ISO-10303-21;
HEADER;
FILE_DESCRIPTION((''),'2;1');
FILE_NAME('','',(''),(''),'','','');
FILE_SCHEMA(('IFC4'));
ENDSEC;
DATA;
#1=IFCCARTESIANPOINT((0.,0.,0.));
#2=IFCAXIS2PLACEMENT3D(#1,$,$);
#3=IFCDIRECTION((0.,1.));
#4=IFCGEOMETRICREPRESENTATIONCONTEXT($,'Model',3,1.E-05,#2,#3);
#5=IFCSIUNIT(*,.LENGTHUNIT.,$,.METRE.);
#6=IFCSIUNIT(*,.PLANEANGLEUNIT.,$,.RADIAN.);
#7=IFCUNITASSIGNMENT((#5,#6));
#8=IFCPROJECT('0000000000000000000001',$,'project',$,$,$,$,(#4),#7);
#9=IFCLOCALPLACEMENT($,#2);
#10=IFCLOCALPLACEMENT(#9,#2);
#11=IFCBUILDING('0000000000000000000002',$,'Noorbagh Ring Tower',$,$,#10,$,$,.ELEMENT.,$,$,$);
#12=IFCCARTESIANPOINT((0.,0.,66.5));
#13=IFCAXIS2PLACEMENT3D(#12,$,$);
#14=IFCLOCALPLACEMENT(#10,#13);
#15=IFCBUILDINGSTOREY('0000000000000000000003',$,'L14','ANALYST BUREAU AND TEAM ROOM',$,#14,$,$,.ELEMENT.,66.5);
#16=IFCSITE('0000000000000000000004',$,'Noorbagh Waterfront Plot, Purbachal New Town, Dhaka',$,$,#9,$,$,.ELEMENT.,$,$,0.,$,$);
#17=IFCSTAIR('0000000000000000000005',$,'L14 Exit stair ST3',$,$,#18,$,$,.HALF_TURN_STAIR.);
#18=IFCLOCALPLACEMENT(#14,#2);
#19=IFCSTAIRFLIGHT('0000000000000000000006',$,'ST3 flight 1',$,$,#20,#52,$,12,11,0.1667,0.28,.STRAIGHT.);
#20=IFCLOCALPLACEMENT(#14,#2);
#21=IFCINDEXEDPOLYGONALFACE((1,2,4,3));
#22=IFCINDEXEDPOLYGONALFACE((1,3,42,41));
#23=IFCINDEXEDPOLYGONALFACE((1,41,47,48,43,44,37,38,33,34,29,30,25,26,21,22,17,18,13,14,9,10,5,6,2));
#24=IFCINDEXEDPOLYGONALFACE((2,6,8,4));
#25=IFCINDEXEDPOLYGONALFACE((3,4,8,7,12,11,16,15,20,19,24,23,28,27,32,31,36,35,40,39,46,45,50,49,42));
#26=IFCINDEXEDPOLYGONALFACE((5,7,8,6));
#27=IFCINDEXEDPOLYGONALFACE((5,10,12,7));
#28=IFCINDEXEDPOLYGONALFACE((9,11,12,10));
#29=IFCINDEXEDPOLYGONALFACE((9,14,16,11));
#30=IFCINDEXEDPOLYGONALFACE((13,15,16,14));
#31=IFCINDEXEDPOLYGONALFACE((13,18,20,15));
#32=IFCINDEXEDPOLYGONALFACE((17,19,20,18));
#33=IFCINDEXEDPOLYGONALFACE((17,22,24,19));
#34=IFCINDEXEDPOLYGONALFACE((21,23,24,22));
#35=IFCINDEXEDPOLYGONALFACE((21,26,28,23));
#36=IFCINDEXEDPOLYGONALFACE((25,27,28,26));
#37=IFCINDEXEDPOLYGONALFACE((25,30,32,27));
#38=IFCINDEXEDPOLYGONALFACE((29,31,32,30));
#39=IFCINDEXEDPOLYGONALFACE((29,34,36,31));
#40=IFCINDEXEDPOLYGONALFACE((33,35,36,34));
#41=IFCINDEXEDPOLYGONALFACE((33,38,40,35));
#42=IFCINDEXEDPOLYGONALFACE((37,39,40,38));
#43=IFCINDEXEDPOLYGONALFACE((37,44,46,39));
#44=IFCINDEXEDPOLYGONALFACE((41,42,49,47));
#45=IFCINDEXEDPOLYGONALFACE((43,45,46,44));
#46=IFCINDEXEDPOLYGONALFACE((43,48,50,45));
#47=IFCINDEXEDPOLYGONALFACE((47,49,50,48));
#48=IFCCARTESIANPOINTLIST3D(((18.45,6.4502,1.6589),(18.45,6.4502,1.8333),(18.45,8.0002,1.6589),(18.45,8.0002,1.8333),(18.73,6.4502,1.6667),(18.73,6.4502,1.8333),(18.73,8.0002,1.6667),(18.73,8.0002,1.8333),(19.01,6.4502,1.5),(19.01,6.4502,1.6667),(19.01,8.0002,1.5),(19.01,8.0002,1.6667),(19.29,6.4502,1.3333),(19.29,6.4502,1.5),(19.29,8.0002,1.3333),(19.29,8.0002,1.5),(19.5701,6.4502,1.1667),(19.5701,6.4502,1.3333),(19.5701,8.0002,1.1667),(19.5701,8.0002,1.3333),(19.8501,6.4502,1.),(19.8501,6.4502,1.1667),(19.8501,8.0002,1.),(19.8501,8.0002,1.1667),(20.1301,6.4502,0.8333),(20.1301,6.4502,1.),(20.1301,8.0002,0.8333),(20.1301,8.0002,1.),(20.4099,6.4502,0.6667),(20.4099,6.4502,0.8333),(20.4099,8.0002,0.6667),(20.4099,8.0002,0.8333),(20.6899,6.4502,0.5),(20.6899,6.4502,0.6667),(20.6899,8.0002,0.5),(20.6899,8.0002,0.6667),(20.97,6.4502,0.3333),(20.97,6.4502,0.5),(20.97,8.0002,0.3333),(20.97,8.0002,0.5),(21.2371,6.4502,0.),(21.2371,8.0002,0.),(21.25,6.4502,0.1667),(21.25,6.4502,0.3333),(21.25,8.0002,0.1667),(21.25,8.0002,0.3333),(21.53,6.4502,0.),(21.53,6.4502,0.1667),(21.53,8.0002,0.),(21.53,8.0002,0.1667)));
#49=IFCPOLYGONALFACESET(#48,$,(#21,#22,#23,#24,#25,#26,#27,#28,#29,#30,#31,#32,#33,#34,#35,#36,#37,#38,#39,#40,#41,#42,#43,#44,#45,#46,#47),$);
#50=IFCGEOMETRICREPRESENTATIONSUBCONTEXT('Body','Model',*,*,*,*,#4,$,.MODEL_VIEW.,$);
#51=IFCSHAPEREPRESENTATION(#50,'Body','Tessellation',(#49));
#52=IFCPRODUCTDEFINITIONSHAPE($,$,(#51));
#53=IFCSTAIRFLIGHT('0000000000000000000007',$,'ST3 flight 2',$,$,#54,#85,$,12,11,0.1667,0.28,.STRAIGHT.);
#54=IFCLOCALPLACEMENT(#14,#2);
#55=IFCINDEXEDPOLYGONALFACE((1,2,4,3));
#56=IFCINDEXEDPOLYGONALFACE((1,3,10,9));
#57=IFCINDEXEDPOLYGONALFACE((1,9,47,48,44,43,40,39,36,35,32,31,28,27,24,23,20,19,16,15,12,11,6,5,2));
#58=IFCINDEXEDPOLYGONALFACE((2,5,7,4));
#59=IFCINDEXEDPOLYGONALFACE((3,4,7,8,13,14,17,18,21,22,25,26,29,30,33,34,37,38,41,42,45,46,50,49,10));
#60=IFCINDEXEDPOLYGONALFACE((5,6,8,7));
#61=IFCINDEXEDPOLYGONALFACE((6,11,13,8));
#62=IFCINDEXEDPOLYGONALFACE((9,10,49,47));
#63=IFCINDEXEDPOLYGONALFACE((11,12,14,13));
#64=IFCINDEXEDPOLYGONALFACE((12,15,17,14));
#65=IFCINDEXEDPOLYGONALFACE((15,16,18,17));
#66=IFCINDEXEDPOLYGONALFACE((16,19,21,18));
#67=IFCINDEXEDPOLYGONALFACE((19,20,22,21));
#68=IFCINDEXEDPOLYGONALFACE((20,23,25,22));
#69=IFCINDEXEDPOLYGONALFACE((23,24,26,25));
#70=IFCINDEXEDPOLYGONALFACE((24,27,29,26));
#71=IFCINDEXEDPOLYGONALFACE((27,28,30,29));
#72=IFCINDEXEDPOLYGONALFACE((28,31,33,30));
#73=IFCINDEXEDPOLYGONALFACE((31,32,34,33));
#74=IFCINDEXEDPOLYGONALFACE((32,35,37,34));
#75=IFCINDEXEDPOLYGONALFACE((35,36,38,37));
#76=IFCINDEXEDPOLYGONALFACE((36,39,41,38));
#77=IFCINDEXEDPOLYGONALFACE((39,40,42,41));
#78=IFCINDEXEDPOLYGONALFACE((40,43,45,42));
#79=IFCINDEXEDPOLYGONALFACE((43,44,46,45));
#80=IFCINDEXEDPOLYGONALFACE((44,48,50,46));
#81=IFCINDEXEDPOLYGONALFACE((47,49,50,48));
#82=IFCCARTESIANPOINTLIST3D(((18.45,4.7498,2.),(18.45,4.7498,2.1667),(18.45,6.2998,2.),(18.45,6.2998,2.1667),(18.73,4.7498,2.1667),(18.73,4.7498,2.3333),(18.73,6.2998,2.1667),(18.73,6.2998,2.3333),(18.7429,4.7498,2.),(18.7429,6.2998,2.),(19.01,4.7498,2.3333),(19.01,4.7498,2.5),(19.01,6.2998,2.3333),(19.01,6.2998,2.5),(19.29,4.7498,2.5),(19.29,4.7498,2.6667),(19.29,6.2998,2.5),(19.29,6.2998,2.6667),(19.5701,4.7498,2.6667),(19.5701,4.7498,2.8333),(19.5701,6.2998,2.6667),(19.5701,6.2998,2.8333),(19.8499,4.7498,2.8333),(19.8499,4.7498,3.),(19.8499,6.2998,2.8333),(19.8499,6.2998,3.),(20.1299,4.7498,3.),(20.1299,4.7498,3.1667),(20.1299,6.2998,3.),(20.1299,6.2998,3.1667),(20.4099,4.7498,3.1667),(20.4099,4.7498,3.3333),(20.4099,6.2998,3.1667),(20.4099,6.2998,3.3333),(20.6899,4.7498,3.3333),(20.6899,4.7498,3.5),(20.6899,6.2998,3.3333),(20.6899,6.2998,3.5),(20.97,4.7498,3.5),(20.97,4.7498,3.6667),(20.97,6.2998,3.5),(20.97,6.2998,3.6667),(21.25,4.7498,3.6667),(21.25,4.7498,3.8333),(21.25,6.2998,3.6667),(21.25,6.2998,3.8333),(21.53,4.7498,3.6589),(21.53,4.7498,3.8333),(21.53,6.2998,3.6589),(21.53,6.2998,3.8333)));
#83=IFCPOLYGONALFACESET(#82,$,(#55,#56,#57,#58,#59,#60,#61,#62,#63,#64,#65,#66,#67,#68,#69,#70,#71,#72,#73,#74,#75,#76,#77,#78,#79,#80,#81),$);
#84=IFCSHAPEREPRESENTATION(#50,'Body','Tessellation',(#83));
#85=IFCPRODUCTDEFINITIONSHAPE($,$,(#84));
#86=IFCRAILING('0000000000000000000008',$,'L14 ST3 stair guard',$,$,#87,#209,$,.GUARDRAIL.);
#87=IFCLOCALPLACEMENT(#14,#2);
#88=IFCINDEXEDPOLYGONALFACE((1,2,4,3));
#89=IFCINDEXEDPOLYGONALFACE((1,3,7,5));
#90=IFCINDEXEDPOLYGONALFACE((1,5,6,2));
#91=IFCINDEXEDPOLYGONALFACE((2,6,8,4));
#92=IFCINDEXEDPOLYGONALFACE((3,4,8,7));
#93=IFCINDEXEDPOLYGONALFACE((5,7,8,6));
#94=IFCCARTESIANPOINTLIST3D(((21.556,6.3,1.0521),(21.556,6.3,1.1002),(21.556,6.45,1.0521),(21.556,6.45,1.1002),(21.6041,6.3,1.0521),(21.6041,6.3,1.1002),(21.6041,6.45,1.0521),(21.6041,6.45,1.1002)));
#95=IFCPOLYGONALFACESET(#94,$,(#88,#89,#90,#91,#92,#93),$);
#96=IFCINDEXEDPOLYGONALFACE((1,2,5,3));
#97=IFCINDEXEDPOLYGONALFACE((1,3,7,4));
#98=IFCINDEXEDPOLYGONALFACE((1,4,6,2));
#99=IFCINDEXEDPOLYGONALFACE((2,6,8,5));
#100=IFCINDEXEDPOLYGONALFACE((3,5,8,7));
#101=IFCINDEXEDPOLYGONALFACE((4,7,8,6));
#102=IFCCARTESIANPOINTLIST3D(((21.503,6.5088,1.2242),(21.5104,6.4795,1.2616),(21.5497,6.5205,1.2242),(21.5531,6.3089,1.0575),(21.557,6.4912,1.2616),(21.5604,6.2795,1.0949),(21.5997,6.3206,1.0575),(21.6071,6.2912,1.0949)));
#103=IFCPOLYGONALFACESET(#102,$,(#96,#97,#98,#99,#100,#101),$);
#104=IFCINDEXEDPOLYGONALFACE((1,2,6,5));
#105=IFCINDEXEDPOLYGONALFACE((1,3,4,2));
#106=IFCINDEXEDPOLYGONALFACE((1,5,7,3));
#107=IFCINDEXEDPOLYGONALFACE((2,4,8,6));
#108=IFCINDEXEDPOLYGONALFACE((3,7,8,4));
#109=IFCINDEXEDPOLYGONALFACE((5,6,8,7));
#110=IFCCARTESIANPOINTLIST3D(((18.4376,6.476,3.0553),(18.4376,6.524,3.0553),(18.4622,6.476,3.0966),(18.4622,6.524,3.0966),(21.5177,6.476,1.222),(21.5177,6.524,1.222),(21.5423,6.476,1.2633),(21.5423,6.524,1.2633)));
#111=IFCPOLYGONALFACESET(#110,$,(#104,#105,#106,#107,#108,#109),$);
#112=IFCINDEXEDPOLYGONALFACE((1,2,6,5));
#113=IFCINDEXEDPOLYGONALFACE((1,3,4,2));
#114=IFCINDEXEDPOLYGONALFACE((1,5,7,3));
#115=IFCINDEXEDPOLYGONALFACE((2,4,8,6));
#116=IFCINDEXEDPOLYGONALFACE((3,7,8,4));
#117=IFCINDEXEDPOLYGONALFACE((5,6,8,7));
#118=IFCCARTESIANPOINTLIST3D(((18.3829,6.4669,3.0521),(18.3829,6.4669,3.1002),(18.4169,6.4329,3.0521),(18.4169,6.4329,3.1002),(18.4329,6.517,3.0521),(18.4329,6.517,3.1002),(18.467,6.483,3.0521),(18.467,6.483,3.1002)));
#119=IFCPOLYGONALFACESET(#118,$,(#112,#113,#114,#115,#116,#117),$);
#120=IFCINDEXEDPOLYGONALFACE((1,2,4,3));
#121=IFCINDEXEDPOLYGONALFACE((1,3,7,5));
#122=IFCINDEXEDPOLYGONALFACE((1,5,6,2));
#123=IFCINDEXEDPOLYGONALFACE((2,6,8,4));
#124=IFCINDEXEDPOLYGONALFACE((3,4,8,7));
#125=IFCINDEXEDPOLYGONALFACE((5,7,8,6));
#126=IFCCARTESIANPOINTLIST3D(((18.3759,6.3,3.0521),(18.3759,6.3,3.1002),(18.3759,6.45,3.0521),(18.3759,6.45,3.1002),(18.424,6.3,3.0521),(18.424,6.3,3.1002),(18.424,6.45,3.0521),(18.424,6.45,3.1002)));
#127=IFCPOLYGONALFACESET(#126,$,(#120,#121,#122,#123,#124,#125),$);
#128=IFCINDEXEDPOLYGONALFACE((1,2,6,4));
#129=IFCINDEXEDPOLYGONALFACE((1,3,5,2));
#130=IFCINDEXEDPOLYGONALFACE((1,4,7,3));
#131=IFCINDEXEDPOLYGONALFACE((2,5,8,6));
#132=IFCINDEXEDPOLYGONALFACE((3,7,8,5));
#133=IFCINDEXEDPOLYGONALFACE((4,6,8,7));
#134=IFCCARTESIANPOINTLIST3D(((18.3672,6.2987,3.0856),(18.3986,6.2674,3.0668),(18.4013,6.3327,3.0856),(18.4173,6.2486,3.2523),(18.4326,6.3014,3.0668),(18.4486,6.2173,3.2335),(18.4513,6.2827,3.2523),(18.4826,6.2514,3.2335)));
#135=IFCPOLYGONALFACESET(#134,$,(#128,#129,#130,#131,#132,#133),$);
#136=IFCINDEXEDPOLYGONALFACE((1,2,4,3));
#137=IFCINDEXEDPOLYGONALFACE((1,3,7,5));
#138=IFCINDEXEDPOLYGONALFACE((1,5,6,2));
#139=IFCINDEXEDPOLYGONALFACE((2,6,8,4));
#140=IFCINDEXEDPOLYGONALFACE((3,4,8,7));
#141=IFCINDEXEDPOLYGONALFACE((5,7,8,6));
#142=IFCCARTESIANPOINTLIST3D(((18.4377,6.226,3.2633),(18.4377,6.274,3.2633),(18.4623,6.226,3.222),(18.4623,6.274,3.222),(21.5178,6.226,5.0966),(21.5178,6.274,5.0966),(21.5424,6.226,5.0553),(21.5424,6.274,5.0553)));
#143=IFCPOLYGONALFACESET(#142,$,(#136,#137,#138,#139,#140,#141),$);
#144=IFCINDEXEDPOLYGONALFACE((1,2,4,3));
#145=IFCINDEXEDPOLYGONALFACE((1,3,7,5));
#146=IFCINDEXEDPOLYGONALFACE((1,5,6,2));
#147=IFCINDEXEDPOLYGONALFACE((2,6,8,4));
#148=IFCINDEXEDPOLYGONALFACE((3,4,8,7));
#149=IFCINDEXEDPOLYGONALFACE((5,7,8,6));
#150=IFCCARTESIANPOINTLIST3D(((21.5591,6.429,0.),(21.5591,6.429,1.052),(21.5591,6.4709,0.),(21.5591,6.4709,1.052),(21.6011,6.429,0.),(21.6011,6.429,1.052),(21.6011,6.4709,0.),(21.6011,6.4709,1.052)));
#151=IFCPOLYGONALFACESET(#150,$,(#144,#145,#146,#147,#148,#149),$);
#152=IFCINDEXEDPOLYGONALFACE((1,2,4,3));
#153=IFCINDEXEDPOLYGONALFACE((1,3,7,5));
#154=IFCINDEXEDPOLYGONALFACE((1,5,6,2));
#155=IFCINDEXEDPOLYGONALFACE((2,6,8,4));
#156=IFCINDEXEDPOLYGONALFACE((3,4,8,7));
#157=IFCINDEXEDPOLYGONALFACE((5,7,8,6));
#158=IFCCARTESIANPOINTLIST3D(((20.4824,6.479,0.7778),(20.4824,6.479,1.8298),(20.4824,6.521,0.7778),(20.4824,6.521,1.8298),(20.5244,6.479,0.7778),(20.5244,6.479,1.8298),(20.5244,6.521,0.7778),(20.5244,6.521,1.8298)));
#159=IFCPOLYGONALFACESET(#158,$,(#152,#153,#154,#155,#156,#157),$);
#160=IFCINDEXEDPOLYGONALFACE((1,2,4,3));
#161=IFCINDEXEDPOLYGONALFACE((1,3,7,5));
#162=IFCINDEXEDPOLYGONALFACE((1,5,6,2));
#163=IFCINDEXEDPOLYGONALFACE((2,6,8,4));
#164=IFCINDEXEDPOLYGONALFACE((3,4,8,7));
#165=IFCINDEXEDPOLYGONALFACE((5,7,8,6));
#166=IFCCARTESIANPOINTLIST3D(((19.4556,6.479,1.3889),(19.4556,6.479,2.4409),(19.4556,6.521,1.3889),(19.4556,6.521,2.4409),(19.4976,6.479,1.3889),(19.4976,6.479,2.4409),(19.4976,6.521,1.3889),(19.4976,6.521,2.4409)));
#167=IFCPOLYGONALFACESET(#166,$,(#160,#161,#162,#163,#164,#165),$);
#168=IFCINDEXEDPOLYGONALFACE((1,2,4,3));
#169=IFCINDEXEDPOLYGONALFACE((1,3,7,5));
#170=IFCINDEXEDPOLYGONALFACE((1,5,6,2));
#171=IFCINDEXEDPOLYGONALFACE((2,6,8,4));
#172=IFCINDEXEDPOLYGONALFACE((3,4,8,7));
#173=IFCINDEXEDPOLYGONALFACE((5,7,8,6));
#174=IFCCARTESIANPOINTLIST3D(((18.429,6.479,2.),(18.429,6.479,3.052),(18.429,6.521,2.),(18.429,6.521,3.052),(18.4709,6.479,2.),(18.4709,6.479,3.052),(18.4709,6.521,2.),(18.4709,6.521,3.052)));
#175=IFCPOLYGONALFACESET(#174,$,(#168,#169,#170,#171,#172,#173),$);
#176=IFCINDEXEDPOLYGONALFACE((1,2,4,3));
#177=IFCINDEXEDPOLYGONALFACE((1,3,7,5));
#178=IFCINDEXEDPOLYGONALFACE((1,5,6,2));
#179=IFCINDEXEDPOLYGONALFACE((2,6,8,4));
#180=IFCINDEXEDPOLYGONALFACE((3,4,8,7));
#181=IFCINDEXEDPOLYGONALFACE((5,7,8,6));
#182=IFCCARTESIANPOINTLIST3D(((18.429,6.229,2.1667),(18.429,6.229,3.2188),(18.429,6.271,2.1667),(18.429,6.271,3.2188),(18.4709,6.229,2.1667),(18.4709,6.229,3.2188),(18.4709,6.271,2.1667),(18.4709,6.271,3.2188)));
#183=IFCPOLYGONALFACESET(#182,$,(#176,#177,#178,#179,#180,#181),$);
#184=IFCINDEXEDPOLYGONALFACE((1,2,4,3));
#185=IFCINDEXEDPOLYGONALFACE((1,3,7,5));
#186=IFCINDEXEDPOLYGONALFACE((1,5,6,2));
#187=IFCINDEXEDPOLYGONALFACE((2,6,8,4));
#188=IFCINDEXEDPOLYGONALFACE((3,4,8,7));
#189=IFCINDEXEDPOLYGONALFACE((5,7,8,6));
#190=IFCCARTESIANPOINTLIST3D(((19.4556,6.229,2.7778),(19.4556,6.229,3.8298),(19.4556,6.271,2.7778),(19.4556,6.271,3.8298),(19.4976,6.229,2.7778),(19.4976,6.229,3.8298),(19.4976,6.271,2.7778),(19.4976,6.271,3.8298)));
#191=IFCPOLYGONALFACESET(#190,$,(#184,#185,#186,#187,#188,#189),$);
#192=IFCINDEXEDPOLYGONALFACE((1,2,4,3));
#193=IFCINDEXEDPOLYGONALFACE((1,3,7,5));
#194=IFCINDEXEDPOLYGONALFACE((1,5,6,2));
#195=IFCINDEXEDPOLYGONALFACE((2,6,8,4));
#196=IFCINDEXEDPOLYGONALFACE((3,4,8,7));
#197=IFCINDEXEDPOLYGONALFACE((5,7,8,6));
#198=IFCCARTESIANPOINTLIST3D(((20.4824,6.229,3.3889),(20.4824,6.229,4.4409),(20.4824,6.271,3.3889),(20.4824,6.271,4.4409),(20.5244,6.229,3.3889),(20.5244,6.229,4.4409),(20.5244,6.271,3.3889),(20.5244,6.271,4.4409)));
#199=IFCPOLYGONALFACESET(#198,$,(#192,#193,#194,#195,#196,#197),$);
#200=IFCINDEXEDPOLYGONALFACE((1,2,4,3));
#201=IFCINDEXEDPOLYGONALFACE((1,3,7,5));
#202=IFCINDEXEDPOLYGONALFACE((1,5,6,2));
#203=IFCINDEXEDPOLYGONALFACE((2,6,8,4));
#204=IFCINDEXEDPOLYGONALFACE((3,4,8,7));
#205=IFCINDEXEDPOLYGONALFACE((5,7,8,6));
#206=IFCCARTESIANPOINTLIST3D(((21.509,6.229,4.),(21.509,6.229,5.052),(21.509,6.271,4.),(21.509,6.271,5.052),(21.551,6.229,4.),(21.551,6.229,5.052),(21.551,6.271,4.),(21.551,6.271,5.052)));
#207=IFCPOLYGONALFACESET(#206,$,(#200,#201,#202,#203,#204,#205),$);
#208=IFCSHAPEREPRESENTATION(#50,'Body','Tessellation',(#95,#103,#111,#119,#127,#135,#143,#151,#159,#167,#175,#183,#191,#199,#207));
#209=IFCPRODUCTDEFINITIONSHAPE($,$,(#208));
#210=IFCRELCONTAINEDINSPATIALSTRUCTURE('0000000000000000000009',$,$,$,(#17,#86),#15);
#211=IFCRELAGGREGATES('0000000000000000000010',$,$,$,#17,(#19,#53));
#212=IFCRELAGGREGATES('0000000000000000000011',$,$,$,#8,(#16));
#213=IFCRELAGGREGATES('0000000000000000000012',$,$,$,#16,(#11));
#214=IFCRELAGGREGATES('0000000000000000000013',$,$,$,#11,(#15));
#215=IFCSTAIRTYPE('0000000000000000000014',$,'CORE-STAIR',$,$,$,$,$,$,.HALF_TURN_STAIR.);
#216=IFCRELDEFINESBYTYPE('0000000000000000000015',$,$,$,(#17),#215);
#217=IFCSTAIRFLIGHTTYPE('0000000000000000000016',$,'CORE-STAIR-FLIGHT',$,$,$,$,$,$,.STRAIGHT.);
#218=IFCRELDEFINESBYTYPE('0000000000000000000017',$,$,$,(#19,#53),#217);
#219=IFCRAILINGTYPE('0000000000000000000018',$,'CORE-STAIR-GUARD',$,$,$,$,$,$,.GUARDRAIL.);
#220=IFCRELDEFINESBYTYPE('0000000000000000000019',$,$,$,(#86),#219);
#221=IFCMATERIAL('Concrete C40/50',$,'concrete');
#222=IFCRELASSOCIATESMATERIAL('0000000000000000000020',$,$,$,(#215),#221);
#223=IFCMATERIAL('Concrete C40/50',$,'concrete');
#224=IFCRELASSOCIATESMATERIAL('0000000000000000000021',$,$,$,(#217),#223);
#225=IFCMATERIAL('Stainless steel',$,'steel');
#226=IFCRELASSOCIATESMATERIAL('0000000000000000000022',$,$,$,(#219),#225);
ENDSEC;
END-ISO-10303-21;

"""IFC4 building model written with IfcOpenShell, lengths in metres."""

from ifc_helpers import new_model, si_unit, direction, frame, origin, origin_2d, place, context, subcontext, project, spatial, polyline, rectangle, outline, extrude, material, type_object, element, aggregate, save


model = new_model("IFC4")

# Units and contexts
model_context = context("Model", 3, precision=1e-05, world=origin(), true_north=direction((0.0, 1.0)))
body_context = subcontext(model_context, "Body", "Model", "MODEL_VIEW")
ifc_project = project(units=[si_unit("LENGTHUNIT", "METRE"), si_unit("PLANEANGLEUNIT", "RADIAN")], contexts=[model_context])

# Site, building, storey
site_placement = place(None, origin())
site = spatial("IfcSite", under=ifc_project, at=site_placement, Name="Noorbagh Waterfront Plot, Purbachal New Town, Dhaka", CompositionType="ELEMENT", RefElevation=0.0)
building_placement = place(site_placement, origin())
building = spatial("IfcBuilding", under=site, at=building_placement, Name="Noorbagh Ring Tower", CompositionType="ELEMENT")
storey_placement = place(building_placement, frame((0.0, 0.0, 66.5)))
storey = spatial("IfcBuildingStorey", under=building, at=storey_placement, Name="L14", Description="ANALYST BUREAU AND TEAM ROOM", CompositionType="ELEMENT", Elevation=66.5)

# Stair, stair flights
ifc_material_1 = material(Name="Concrete C40/50", Category="concrete")
stair_type = type_object("IfcStairType", Name="CORE-STAIR", PredefinedType="HALF_TURN_STAIR", material=ifc_material_1)
stair_placement = place(storey_placement, origin())
stair = element("IfcStair", 1, at=stair_placement, inside=storey, type_object=stair_type, Name="L14 Exit stair ST3", PredefinedType="HALF_TURN_STAIR")
ifc_material_2 = material(Name="Concrete C40/50", Category="concrete")
stair_flight_type = type_object("IfcStairFlightType", Name="CORE-STAIR-FLIGHT", PredefinedType="STRAIGHT", material=ifc_material_2)
stair_flight_1_placement = place(storey_placement, frame((21.53, 7.2251, 0.0), z_axis=(0.0, 0.0, 1.0), x_axis=(-1.0, 0.0, 0.0)))
stair_flight_1 = element("IfcStairFlight", 2, at=stair_flight_1_placement, type_object=stair_flight_type, Name="ST3 flight 1", NumberOfRisers=12, NumberOfTreads=11, PredefinedType="STRAIGHT", RiserHeight=0.1667, TreadLength=0.28, context=body_context, shape_type="SweptSolid", body=[
    extrude(outline(polyline([(0.0, 0.0), (0.0, 0.1667), (0.28, 0.1667), (0.28, 0.3333), (0.5601, 0.3333), (0.5601, 0.5), (0.8401, 0.5), (0.8401, 0.6667), (1.1201, 0.6667), (1.1201, 0.8333), (1.3999, 0.8333), (1.3999, 1.0), (1.6799, 1.0), (1.6799, 1.1667), (1.96, 1.1667), (1.96, 1.3333), (2.24, 1.3333), (2.24, 1.5), (2.52, 1.5), (2.52, 1.6667), (2.8, 1.6667), (2.8, 1.8333), (3.0801, 1.8333), (3.0801, 2.0), (3.0801, 1.6589), (0.293, 0.0), (0.0, 0.0)])), frame((0.0, 0.7749, 0.0), z_axis=(0.0, -1.0, 0.0), x_axis=(1.0, 0.0, 0.0)), (0.0, 0.0, 1.0), 1.55),
])
stair_flight_2_placement = place(storey_placement, frame((18.45, 5.5249, 2.0), z_axis=(0.0, 0.0, 1.0), x_axis=(1.0, 0.0, 0.0)))
stair_flight_2 = element("IfcStairFlight", 3, at=stair_flight_2_placement, type_object=stair_flight_type, Name="ST3 flight 2", NumberOfRisers=12, NumberOfTreads=11, PredefinedType="STRAIGHT", RiserHeight=0.1667, TreadLength=0.28, context=body_context, shape_type="SweptSolid", body=[
    extrude(outline(polyline([(0.0, 0.0), (0.0, 0.1667), (0.28, 0.1667), (0.28, 0.3333), (0.5601, 0.3333), (0.5601, 0.5), (0.8401, 0.5), (0.8401, 0.6667), (1.1201, 0.6667), (1.1201, 0.8333), (1.3999, 0.8333), (1.3999, 1.0), (1.6799, 1.0), (1.6799, 1.1667), (1.96, 1.1667), (1.96, 1.3333), (2.24, 1.3333), (2.24, 1.5), (2.52, 1.5), (2.52, 1.6667), (2.8, 1.6667), (2.8, 1.8333), (3.0801, 1.8333), (3.0801, 2.0), (3.0801, 1.6589), (0.293, 0.0), (0.0, 0.0)])), frame((0.0, 0.7749, 0.0), z_axis=(0.0, -1.0, 0.0), x_axis=(1.0, 0.0, 0.0)), (0.0, 0.0, 1.0), 1.55),
])
aggregate(stair, [stair_flight_1, stair_flight_2])

# Railing
ifc_material_3 = material(Name="Stainless steel", Category="steel")
railing_type_1 = type_object("IfcRailingType", Name="CORE-STAIR-GUARD", PredefinedType="GUARDRAIL", material=ifc_material_3)
railing_1_placement = place(storey_placement, frame((21.5801, 6.45, 0.0)))
element("IfcRailing", 4, at=railing_1_placement, inside=storey, type_object=railing_type_1, Name="L14 ST3 stair guard", PredefinedType="GUARDRAIL", context=body_context, shape_type="SweptSolid", body=[
    extrude(rectangle(XDim=0.0481, YDim=0.0481, at=origin_2d()), frame((0.0, 0.0, 1.0762), z_axis=(0.0, -1.0, 0.0), x_axis=(1.0, 0.0, 0.0)), (0.0, 0.0, 1.0), 0.1499),
    extrude(rectangle(XDim=0.0481, YDim=0.0481, at=origin_2d()), frame((0.0, -0.1499, 1.0762), z_axis=(-0.188776, 0.754182, 0.628946), x_axis=(-0.970073, -0.242814, 0.0)), (0.0, 0.0, 1.0), 0.2651),
    extrude(rectangle(XDim=0.0481, YDim=0.0481, at=origin_2d()), frame((-0.05, 0.05, 1.2427), z_axis=(-0.859309, 0.0, 0.511458), x_axis=(0.0, -1.0, 0.0)), (0.0, 0.0, 1.0), 3.5845),
    extrude(rectangle(XDim=0.0481, YDim=0.0481, at=origin_2d()), frame((-3.1301, 0.05, 3.0762), z_axis=(-0.707107, -0.707107, 0.0), x_axis=(0.707107, -0.707107, 0.0)), (0.0, 0.0, 1.0), 0.0708),
    extrude(rectangle(XDim=0.0481, YDim=0.0481, at=origin_2d()), frame((-3.1802, 0.0, 3.0762), z_axis=(0.0, -1.0, 0.0), x_axis=(1.0, 0.0, 0.0)), (0.0, 0.0, 1.0), 0.1499),
    extrude(rectangle(XDim=0.0481, YDim=0.0481, at=origin_2d()), frame((-3.1802, -0.1499, 3.0762), z_axis=(0.276287, -0.276287, 0.920506), x_axis=(0.707107, 0.707107, 0.0)), (0.0, 0.0, 1.0), 0.1812),
    extrude(rectangle(XDim=0.0481, YDim=0.0481, at=origin_2d()), frame((-3.1301, -0.2, 3.2427), z_axis=(0.859309, 0.0, 0.511458), x_axis=(0.0, 1.0, 0.0)), (0.0, 0.0, 1.0), 3.5845),
    extrude(rectangle(XDim=0.042, YDim=0.042, at=origin_2d()), origin(), (0.0, 0.0, 1.0), 1.052),
    extrude(rectangle(XDim=0.042, YDim=0.042, at=origin_2d()), frame((-1.0767, 0.05, 0.7778)), (0.0, 0.0, 1.0), 1.052),
    extrude(rectangle(XDim=0.042, YDim=0.042, at=origin_2d()), frame((-2.1035, 0.05, 1.3889)), (0.0, 0.0, 1.0), 1.052),
    extrude(rectangle(XDim=0.042, YDim=0.042, at=origin_2d()), frame((-3.1301, 0.05, 2.0)), (0.0, 0.0, 1.0), 1.052),
    extrude(rectangle(XDim=0.042, YDim=0.042, at=origin_2d()), frame((-3.1301, -0.2, 2.1667)), (0.0, 0.0, 1.0), 1.052),
    extrude(rectangle(XDim=0.042, YDim=0.042, at=origin_2d()), frame((-2.1035, -0.2, 2.7778)), (0.0, 0.0, 1.0), 1.052),
    extrude(rectangle(XDim=0.042, YDim=0.042, at=origin_2d()), frame((-1.0767, -0.2, 3.3889)), (0.0, 0.0, 1.0), 1.052),
    extrude(rectangle(XDim=0.042, YDim=0.042, at=origin_2d()), frame((-0.05, -0.2, 4.0)), (0.0, 0.0, 1.0), 1.052),
])

save(model, "model.ifc")
